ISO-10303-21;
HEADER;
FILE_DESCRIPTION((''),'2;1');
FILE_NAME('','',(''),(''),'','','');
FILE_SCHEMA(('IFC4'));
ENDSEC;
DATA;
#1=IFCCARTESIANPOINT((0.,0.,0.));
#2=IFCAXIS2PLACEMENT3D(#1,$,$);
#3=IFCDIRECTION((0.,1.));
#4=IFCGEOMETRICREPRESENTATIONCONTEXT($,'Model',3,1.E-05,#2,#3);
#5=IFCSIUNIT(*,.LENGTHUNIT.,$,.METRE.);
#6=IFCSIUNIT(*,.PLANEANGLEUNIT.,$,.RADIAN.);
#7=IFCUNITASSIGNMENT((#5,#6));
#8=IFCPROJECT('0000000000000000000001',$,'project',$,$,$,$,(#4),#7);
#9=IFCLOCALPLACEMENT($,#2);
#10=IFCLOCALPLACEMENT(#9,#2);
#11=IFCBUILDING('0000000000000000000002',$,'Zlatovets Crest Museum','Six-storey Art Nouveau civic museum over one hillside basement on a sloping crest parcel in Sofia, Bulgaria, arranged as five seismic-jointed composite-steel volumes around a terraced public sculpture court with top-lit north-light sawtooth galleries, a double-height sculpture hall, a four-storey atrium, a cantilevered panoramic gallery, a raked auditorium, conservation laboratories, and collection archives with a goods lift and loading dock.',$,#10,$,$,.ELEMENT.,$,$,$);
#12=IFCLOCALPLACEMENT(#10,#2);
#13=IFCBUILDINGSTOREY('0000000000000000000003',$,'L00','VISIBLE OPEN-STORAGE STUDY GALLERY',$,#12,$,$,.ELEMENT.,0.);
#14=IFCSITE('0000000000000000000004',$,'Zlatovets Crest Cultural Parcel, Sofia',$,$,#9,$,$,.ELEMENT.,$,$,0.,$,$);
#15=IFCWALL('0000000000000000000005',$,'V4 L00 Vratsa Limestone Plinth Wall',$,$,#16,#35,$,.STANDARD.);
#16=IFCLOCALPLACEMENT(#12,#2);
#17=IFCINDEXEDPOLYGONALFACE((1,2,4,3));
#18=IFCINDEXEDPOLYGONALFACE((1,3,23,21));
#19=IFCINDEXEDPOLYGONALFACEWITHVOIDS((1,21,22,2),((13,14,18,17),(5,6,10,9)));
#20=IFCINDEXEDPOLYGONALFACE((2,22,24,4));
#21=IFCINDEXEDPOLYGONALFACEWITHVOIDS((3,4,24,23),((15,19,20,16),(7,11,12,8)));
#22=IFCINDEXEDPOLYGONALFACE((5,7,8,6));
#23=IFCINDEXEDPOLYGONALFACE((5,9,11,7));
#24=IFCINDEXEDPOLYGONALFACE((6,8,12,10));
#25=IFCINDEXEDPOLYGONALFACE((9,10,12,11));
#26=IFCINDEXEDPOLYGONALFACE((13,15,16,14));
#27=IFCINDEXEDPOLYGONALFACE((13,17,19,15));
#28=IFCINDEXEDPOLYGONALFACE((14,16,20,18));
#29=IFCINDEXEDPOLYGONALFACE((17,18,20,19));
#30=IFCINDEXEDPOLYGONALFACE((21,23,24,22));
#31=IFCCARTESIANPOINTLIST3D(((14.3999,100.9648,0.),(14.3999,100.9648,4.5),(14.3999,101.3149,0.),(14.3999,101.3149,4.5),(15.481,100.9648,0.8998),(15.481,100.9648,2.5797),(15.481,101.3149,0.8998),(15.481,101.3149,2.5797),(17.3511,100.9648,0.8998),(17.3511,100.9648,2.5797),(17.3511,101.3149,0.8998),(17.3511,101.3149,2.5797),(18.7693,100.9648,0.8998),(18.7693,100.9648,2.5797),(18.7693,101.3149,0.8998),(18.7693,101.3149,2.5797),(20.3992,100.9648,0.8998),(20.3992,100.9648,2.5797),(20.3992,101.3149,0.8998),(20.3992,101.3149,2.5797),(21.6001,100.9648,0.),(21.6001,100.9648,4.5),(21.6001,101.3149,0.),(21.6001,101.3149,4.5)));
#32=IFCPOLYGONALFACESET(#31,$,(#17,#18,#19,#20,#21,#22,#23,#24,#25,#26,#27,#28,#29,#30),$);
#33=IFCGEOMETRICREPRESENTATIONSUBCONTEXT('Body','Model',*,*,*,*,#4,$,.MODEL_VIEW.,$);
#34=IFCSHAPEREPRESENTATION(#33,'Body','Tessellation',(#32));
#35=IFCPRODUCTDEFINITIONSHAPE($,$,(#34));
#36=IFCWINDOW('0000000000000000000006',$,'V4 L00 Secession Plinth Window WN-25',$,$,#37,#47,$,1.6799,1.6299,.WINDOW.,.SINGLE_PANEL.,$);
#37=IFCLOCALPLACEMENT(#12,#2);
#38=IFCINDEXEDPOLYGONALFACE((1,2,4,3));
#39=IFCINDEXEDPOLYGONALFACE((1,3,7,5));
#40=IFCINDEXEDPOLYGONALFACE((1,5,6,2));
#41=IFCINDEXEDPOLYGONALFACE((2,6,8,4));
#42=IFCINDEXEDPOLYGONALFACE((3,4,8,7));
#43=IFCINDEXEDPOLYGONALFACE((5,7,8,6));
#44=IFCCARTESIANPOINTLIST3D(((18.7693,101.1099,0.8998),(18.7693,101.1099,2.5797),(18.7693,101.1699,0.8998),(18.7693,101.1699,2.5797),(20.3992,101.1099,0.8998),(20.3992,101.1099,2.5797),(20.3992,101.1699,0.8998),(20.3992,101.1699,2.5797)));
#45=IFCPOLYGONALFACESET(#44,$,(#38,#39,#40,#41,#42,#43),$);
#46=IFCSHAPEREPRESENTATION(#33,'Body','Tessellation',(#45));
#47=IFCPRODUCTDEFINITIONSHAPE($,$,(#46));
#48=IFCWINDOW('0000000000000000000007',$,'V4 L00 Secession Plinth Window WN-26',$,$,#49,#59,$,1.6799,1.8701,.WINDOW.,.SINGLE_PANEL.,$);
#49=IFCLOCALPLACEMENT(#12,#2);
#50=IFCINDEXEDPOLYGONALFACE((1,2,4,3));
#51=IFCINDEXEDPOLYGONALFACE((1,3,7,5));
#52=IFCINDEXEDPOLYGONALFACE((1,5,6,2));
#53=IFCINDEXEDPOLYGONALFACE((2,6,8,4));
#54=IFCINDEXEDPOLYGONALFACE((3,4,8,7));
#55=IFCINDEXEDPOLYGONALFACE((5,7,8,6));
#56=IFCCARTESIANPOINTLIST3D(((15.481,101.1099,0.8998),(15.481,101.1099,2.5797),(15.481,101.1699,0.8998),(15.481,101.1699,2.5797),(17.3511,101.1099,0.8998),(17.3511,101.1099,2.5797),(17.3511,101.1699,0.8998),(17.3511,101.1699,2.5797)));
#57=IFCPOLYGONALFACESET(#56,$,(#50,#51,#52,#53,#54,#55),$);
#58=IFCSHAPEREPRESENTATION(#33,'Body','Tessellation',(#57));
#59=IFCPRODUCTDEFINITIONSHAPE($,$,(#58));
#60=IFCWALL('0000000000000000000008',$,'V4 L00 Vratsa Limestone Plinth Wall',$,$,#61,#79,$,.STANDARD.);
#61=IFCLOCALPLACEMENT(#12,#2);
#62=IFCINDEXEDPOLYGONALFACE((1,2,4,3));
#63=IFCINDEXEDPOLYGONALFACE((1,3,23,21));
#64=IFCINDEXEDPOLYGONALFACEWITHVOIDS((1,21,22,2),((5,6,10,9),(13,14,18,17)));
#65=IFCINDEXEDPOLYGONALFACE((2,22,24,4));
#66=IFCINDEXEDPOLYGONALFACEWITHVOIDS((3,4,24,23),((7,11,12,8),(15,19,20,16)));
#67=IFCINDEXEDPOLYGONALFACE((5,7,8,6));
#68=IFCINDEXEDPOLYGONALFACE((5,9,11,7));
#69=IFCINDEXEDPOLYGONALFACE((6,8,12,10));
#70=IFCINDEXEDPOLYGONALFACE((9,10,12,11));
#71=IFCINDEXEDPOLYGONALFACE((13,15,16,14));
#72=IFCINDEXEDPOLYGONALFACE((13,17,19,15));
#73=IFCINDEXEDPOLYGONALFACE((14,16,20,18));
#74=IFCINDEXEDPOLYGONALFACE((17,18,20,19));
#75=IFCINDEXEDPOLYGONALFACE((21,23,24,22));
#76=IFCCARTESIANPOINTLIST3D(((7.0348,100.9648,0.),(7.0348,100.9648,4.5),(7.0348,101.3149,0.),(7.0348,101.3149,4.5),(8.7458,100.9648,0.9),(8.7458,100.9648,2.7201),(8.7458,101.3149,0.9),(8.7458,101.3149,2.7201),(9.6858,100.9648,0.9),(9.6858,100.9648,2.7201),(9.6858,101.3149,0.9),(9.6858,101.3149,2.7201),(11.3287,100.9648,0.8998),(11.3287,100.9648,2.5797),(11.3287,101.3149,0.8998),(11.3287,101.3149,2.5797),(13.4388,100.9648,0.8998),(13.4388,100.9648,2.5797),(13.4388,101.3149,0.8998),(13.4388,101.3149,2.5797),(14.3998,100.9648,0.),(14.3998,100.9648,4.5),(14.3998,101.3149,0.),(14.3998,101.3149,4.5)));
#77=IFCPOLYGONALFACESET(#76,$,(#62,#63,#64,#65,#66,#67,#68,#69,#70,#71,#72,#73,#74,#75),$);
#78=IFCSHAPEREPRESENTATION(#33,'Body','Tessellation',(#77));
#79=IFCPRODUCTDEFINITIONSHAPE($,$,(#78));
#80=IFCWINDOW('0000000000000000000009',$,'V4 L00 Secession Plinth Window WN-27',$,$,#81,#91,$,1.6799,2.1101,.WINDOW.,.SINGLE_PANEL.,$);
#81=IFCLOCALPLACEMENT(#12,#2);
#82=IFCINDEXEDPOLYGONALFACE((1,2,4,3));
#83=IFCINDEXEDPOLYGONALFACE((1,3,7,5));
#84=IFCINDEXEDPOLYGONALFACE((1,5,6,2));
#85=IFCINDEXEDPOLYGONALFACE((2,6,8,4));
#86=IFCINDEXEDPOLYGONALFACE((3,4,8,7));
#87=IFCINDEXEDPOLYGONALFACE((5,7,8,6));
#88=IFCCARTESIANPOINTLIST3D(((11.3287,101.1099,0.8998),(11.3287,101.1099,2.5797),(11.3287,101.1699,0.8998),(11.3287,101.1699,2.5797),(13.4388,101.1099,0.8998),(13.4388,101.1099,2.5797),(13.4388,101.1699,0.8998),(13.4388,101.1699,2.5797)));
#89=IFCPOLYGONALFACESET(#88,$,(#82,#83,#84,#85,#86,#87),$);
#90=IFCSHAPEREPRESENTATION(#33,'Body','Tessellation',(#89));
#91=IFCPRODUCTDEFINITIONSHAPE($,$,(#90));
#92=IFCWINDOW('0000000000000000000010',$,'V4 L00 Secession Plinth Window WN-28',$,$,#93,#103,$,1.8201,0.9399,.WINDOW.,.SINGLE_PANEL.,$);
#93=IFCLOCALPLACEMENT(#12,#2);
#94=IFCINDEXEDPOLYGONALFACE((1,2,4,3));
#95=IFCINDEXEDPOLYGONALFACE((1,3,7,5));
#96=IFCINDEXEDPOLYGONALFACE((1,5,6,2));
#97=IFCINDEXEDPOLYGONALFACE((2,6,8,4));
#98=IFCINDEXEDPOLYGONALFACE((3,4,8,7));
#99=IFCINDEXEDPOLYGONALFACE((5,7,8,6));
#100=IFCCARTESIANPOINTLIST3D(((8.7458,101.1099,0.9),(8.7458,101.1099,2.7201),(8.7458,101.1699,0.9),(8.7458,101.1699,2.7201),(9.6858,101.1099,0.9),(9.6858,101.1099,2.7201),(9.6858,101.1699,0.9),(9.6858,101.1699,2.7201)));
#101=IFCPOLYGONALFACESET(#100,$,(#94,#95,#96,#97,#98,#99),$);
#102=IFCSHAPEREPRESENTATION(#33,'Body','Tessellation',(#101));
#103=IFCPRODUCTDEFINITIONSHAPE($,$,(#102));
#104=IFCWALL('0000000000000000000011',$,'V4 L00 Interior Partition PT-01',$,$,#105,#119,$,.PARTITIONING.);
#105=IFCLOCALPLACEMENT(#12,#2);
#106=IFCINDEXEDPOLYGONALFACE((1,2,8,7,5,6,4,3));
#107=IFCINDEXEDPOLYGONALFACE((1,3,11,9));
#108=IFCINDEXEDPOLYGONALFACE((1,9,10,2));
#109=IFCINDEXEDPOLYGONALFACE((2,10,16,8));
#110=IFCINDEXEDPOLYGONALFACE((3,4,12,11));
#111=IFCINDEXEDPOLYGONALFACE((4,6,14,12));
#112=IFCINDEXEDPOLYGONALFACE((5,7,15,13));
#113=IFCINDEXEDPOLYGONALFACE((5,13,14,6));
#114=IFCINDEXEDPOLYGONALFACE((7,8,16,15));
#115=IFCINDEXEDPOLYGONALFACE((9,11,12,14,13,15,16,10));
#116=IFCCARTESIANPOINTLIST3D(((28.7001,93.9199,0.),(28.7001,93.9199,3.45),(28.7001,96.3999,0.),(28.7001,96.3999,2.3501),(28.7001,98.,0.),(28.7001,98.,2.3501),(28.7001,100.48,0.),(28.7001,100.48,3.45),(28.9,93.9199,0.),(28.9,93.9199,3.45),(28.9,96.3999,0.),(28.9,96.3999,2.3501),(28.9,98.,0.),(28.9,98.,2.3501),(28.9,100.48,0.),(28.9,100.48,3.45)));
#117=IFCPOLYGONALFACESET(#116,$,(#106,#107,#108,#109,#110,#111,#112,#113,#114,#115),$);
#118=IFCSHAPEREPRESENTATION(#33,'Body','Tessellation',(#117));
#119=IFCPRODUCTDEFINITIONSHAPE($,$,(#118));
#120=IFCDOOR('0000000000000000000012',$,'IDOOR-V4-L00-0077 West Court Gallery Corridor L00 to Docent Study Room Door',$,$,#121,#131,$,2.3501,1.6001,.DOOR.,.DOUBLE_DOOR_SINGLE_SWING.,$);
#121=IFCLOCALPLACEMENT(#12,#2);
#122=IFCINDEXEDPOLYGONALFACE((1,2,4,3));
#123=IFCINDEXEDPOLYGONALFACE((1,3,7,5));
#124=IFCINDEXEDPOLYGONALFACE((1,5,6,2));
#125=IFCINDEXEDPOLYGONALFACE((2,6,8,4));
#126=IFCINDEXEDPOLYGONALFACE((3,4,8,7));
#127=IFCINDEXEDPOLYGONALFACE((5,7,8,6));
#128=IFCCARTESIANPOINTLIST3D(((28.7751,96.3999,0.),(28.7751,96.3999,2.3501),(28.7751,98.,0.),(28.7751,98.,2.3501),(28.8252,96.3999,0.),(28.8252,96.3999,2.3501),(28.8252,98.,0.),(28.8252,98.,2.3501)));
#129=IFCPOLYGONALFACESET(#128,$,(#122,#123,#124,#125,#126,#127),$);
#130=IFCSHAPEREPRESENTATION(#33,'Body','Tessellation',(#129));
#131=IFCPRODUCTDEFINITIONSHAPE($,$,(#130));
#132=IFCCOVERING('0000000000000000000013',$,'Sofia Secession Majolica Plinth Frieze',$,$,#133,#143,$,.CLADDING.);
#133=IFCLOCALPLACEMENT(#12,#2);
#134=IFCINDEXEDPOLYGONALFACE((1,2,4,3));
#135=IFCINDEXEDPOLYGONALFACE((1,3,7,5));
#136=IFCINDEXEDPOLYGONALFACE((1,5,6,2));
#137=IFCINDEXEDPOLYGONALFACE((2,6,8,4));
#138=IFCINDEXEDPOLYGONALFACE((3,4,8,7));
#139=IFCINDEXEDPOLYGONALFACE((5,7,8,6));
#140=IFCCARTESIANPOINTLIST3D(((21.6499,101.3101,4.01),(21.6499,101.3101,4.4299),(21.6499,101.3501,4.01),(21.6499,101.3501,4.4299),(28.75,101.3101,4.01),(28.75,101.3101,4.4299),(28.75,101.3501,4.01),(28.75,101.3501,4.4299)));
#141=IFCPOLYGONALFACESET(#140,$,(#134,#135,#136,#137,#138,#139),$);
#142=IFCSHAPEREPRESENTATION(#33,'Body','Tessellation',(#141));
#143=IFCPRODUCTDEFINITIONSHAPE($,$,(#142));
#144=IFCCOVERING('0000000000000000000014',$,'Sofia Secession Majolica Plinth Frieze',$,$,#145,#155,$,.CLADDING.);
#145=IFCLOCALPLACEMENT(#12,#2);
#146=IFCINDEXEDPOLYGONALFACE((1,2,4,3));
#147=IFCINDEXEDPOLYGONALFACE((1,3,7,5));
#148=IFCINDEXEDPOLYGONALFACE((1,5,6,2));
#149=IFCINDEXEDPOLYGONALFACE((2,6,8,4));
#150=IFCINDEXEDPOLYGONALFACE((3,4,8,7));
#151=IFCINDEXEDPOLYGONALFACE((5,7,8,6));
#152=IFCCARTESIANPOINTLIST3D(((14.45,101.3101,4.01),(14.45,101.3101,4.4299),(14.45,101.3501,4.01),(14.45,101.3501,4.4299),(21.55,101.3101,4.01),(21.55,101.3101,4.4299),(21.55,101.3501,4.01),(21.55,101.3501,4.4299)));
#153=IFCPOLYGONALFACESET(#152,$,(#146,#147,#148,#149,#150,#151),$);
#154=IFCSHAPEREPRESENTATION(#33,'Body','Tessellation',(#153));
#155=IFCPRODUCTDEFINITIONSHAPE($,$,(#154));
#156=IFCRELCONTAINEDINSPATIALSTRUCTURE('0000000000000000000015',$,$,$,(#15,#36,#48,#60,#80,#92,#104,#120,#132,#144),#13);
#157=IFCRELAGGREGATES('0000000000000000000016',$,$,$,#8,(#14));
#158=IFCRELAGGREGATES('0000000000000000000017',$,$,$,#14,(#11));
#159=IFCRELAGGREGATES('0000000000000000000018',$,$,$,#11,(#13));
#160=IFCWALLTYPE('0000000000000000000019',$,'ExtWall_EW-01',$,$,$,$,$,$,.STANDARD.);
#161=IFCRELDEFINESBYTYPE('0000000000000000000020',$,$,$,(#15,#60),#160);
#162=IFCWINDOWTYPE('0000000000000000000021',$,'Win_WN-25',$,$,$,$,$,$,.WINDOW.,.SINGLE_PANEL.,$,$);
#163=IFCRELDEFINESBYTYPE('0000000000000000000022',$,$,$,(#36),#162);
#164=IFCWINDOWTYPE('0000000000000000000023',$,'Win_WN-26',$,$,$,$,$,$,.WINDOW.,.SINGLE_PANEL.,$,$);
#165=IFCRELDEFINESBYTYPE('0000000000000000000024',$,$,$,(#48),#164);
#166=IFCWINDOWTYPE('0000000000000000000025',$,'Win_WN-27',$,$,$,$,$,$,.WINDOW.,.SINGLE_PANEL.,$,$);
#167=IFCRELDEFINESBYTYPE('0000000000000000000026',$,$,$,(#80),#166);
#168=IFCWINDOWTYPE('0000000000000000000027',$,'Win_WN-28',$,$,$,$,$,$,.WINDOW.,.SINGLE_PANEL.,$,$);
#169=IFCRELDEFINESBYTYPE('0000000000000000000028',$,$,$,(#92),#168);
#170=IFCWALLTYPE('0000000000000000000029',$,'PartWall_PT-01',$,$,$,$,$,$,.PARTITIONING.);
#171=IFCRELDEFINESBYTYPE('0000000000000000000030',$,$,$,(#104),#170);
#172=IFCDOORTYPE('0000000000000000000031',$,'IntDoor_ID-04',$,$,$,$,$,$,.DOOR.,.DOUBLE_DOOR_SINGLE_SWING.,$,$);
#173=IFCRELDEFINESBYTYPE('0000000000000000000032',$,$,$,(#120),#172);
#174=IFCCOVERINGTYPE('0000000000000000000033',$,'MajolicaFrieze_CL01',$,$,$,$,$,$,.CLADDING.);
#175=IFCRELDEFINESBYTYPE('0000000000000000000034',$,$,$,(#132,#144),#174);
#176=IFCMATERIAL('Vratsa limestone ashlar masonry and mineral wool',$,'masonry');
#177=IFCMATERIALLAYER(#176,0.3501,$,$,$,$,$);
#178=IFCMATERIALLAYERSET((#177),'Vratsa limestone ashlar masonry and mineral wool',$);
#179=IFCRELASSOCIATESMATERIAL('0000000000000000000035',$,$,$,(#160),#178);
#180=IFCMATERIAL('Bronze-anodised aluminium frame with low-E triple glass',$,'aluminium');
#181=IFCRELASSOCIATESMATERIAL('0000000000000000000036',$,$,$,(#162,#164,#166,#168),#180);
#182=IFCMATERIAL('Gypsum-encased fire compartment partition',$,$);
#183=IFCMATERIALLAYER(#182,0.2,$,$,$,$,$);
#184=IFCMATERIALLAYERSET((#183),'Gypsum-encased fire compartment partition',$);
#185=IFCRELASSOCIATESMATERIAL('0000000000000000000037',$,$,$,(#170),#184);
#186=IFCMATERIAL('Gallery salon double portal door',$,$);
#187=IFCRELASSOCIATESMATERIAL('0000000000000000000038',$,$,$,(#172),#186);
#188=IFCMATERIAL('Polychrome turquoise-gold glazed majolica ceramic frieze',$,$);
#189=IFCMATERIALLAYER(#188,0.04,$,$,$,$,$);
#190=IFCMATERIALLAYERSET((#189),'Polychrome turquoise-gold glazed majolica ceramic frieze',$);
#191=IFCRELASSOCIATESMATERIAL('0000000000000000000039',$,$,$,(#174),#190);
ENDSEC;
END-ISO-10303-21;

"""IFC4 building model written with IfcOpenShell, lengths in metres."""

from ifc_helpers import new_model, si_unit, direction, frame, frame_2d, origin, origin_2d, place, context, subcontext, project, spatial, rectangle, extrude, material, layer, layer_set, type_object, element, fill, save


model = new_model("IFC4")

# Units and contexts
model_context = context("Model", 3, precision=1e-05, world=origin(), true_north=direction((0.0, 1.0)))
body_context = subcontext(model_context, "Body", "Model", "MODEL_VIEW")
ifc_project = project(units=[si_unit("LENGTHUNIT", "METRE"), si_unit("PLANEANGLEUNIT", "RADIAN")], contexts=[model_context])

# Site, building, storey
site_placement = place(None, origin())
site = spatial("IfcSite", under=ifc_project, at=site_placement, Name="Zlatovets Crest Cultural Parcel, Sofia", CompositionType="ELEMENT", RefElevation=0.0)
building_placement = place(site_placement, origin())
building = spatial("IfcBuilding", under=site, at=building_placement, Name="Zlatovets Crest Museum", Description="Six-storey Art Nouveau civic museum over one hillside basement on a sloping crest parcel in Sofia, Bulgaria, arranged as five seismic-jointed composite-steel volumes around a terraced public sculpture court with top-lit north-light sawtooth galleries, a double-height sculpture hall, a four-storey atrium, a cantilevered panoramic gallery, a raked auditorium, conservation laboratories, and collection archives with a goods lift and loading dock.", CompositionType="ELEMENT")
storey_placement = place(building_placement, origin())
storey = spatial("IfcBuildingStorey", under=building, at=storey_placement, Name="L00", Description="VISIBLE OPEN-STORAGE STUDY GALLERY", CompositionType="ELEMENT", Elevation=0.0)

# Walls, openings, windows
ifc_material_1 = material(Name="Vratsa limestone ashlar masonry and mineral wool", Category="masonry")
ifc_layer_1 = layer(ifc_material_1, 0.3501)
ifc_layer_set_1 = layer_set([ifc_layer_1], Name="Vratsa limestone ashlar masonry and mineral wool")
wall_type_1 = type_object("IfcWallType", Name="ExtWall_EW-01", PredefinedType="STANDARD", material=ifc_layer_set_1)
wall_1_placement = place(storey_placement, frame((21.6001, 101.1399, 0.0), z_axis=(0.0, 0.0, 1.0), x_axis=(-1.0, 0.0, 0.0)))
wall_1 = element("IfcWall", 1, at=wall_1_placement, inside=storey, type_object=wall_type_1, Name="V4 L00 Vratsa Limestone Plinth Wall", PredefinedType="STANDARD", context=body_context, shape_type="SweptSolid", body=[
    extrude(rectangle(XDim=7.2002, YDim=0.3501, at=frame_2d((3.6001, 0.0))), origin(), (0.0, 0.0, 1.0), 4.5),
])
opening_1_placement = place(wall_1_placement, frame((1.2009, 0.0, 0.8999)))
opening_1 = element("IfcOpeningElement", 2, at=opening_1_placement, cuts=wall_1, PredefinedType="OPENING", context=body_context, shape_type="SweptSolid", body=[
    extrude(rectangle(XDim=1.6299, YDim=1.6799, at=frame_2d((0.8149, 0.8398))), frame((0.0, 0.1851, 0.0), z_axis=(0.0, -1.0, 0.0), x_axis=(1.0, 0.0, 0.0)), (0.0, 0.0, 1.0), 0.3701),
])
opening_2_placement = place(wall_1_placement, frame((4.249, 0.0, 0.8999)))
opening_2 = element("IfcOpeningElement", 3, at=opening_2_placement, cuts=wall_1, PredefinedType="OPENING", context=body_context, shape_type="SweptSolid", body=[
    extrude(rectangle(XDim=1.8701, YDim=1.6799, at=frame_2d((0.9351, 0.8398))), frame((0.0, 0.1851, 0.0), z_axis=(0.0, -1.0, 0.0), x_axis=(1.0, 0.0, 0.0)), (0.0, 0.0, 1.0), 0.3701),
])
ifc_material_2 = material(Name="Bronze-anodised aluminium frame with low-E triple glass", Category="aluminium")
window_type_1 = type_object("IfcWindowType", Name="Win_WN-25", PartitioningType="SINGLE_PANEL", PredefinedType="WINDOW", material=ifc_material_2)
window_1_placement = place(opening_1_placement, origin())
window_1 = element("IfcWindow", 4, at=window_1_placement, inside=storey, type_object=window_type_1, Name="V4 L00 Secession Plinth Window WN-25", OverallHeight=1.6799, OverallWidth=1.6299, PartitioningType="SINGLE_PANEL", PredefinedType="WINDOW", context=body_context, shape_type="SweptSolid", body=[
    extrude(rectangle(XDim=1.6299, YDim=1.6799, at=frame_2d((0.8149, 0.8398))), frame((0.0, 0.03, 0.0), z_axis=(0.0, -1.0, 0.0), x_axis=(1.0, 0.0, 0.0)), (0.0, 0.0, 1.0), 0.0601),
])
fill(opening_1, window_1)
window_type_2 = type_object("IfcWindowType", Name="Win_WN-26", PartitioningType="SINGLE_PANEL", PredefinedType="WINDOW", material=ifc_material_2)
window_2_placement = place(opening_2_placement, origin())
window_2 = element("IfcWindow", 5, at=window_2_placement, inside=storey, type_object=window_type_2, Name="V4 L00 Secession Plinth Window WN-26", OverallHeight=1.6799, OverallWidth=1.8701, PartitioningType="SINGLE_PANEL", PredefinedType="WINDOW", context=body_context, shape_type="SweptSolid", body=[
    extrude(rectangle(XDim=1.8701, YDim=1.6799, at=frame_2d((0.9351, 0.8398))), frame((0.0, 0.03, 0.0), z_axis=(0.0, -1.0, 0.0), x_axis=(1.0, 0.0, 0.0)), (0.0, 0.0, 1.0), 0.0601),
])
fill(opening_2, window_2)
wall_2_placement = place(storey_placement, frame((14.3999, 101.1399, 0.0), z_axis=(0.0, 0.0, 1.0), x_axis=(-1.0, 0.0, 0.0)))
wall_2 = element("IfcWall", 6, at=wall_2_placement, inside=storey, type_object=wall_type_1, Name="V4 L00 Vratsa Limestone Plinth Wall", PredefinedType="STANDARD", context=body_context, shape_type="SweptSolid", body=[
    extrude(rectangle(XDim=7.365, YDim=0.3501, at=frame_2d((3.6826, 0.0))), origin(), (0.0, 0.0, 1.0), 4.5),
])
opening_3_placement = place(wall_2_placement, frame((0.9609, 0.0, 0.8999)))
opening_3 = element("IfcOpeningElement", 7, at=opening_3_placement, cuts=wall_2, PredefinedType="OPENING", context=body_context, shape_type="SweptSolid", body=[
    extrude(rectangle(XDim=2.1101, YDim=1.6799, at=frame_2d((1.0552, 0.8398))), frame((0.0, 0.1851, 0.0), z_axis=(0.0, -1.0, 0.0), x_axis=(1.0, 0.0, 0.0)), (0.0, 0.0, 1.0), 0.3701),
])
opening_4_placement = place(wall_2_placement, frame((4.7141, 0.0, 0.8999)))
opening_4 = element("IfcOpeningElement", 8, at=opening_4_placement, cuts=wall_2, PredefinedType="OPENING", context=body_context, shape_type="SweptSolid", body=[
    extrude(rectangle(XDim=0.9399, YDim=1.8201, at=frame_2d((0.47, 0.9102))), frame((0.0, 0.1851, 0.0), z_axis=(0.0, -1.0, 0.0), x_axis=(1.0, 0.0, 0.0)), (0.0, 0.0, 1.0), 0.3701),
])
window_type_3 = type_object("IfcWindowType", Name="Win_WN-27", PartitioningType="SINGLE_PANEL", PredefinedType="WINDOW", material=ifc_material_2)
window_3_placement = place(opening_3_placement, origin())
window_3 = element("IfcWindow", 9, at=window_3_placement, inside=storey, type_object=window_type_3, Name="V4 L00 Secession Plinth Window WN-27", OverallHeight=1.6799, OverallWidth=2.1101, PartitioningType="SINGLE_PANEL", PredefinedType="WINDOW", context=body_context, shape_type="SweptSolid", body=[
    extrude(rectangle(XDim=2.1101, YDim=1.6799, at=frame_2d((1.0552, 0.8398))), frame((0.0, 0.03, 0.0), z_axis=(0.0, -1.0, 0.0), x_axis=(1.0, 0.0, 0.0)), (0.0, 0.0, 1.0), 0.0601),
])
fill(opening_3, window_3)
window_type_4 = type_object("IfcWindowType", Name="Win_WN-28", PartitioningType="SINGLE_PANEL", PredefinedType="WINDOW", material=ifc_material_2)
window_4_placement = place(opening_4_placement, origin())
window_4 = element("IfcWindow", 10, at=window_4_placement, inside=storey, type_object=window_type_4, Name="V4 L00 Secession Plinth Window WN-28", OverallHeight=1.8201, OverallWidth=0.9399, PartitioningType="SINGLE_PANEL", PredefinedType="WINDOW", context=body_context, shape_type="SweptSolid", body=[
    extrude(rectangle(XDim=0.9399, YDim=1.8201, at=frame_2d((0.47, 0.9102))), frame((0.0, 0.03, 0.0), z_axis=(0.0, -1.0, 0.0), x_axis=(1.0, 0.0, 0.0)), (0.0, 0.0, 1.0), 0.0601),
])
fill(opening_4, window_4)

# Wall, opening, door
ifc_material_3 = material(Name="Gypsum-encased fire compartment partition")
ifc_layer_2 = layer(ifc_material_3, 0.2)
ifc_layer_set_2 = layer_set([ifc_layer_2], Name="Gypsum-encased fire compartment partition")
wall_type_2 = type_object("IfcWallType", Name="PartWall_PT-01", PredefinedType="PARTITIONING", material=ifc_layer_set_2)
wall_3_placement = place(storey_placement, frame((28.8, 93.9199, 0.0), z_axis=(0.0, 0.0, 1.0), x_axis=(0.0, 1.0, 0.0)))
wall_3 = element("IfcWall", 11, at=wall_3_placement, inside=storey, type_object=wall_type_2, Name="V4 L00 Interior Partition PT-01", PredefinedType="PARTITIONING", context=body_context, shape_type="SweptSolid", body=[
    extrude(rectangle(XDim=6.5601, YDim=0.2, at=frame_2d((3.28, 0.0))), origin(), (0.0, 0.0, 1.0), 3.45),
])
opening_5_placement = place(wall_3_placement, frame((2.48, 0.0, 0.0)))
opening_5 = element("IfcOpeningElement", 12, at=opening_5_placement, cuts=wall_3, PredefinedType="OPENING", context=body_context, shape_type="SweptSolid", body=[
    extrude(rectangle(XDim=1.6001, YDim=2.3501, at=frame_2d((0.8, 1.175))), frame((0.0, 0.1099, 0.0), z_axis=(0.0, -1.0, 0.0), x_axis=(1.0, 0.0, 0.0)), (0.0, 0.0, 1.0), 0.22),
])
ifc_material_4 = material(Name="Gallery salon double portal door")
door_type = type_object("IfcDoorType", Name="IntDoor_ID-04", OperationType="DOUBLE_DOOR_SINGLE_SWING", PredefinedType="DOOR", material=ifc_material_4)
door_placement = place(opening_5_placement, origin())
door = element("IfcDoor", 13, at=door_placement, inside=storey, type_object=door_type, Name="IDOOR-V4-L00-0077 West Court Gallery Corridor L00 to Docent Study Room Door", OperationType="DOUBLE_DOOR_SINGLE_SWING", OverallHeight=2.3501, OverallWidth=1.6001, PredefinedType="DOOR", context=body_context, shape_type="SweptSolid", body=[
    extrude(rectangle(XDim=1.6001, YDim=2.3501, at=frame_2d((0.8, 1.175))), frame((0.0, 0.0249, 0.0), z_axis=(0.0, -1.0, 0.0), x_axis=(1.0, 0.0, 0.0)), (0.0, 0.0, 1.0), 0.05),
])
fill(opening_5, door)

# Coverings
ifc_material_5 = material(Name="Polychrome turquoise-gold glazed majolica ceramic frieze")
ifc_layer_3 = layer(ifc_material_5, 0.04)
ifc_layer_set_3 = layer_set([ifc_layer_3], Name="Polychrome turquoise-gold glazed majolica ceramic frieze")
covering_type = type_object("IfcCoveringType", Name="MajolicaFrieze_CL01", PredefinedType="CLADDING", material=ifc_layer_set_3)
for number, where, z_axis, x_axis, name in (
    (14, (25.2, 101.3301, 4.01), (0.0, 0.0, 1.0), (1.0, 0.0, 0.0), "Sofia Secession Majolica Plinth Frieze"),
    (15, (18.0, 101.3301, 4.01), (0.0, 0.0, 1.0), (1.0, 0.0, 0.0), "Sofia Secession Majolica Plinth Frieze"),
):
    element("IfcCovering", number, at=place(storey_placement, frame(where, z_axis=z_axis, x_axis=x_axis)), inside=storey, type_object=covering_type, Name=name, PredefinedType="CLADDING", context=body_context, shape_type="SweptSolid", body=[
        extrude(rectangle(XDim=7.1001, YDim=0.04, at=origin_2d()), origin(), (0.0, 0.0, 1.0), 0.4199),
    ])

save(model, "model.ifc")
